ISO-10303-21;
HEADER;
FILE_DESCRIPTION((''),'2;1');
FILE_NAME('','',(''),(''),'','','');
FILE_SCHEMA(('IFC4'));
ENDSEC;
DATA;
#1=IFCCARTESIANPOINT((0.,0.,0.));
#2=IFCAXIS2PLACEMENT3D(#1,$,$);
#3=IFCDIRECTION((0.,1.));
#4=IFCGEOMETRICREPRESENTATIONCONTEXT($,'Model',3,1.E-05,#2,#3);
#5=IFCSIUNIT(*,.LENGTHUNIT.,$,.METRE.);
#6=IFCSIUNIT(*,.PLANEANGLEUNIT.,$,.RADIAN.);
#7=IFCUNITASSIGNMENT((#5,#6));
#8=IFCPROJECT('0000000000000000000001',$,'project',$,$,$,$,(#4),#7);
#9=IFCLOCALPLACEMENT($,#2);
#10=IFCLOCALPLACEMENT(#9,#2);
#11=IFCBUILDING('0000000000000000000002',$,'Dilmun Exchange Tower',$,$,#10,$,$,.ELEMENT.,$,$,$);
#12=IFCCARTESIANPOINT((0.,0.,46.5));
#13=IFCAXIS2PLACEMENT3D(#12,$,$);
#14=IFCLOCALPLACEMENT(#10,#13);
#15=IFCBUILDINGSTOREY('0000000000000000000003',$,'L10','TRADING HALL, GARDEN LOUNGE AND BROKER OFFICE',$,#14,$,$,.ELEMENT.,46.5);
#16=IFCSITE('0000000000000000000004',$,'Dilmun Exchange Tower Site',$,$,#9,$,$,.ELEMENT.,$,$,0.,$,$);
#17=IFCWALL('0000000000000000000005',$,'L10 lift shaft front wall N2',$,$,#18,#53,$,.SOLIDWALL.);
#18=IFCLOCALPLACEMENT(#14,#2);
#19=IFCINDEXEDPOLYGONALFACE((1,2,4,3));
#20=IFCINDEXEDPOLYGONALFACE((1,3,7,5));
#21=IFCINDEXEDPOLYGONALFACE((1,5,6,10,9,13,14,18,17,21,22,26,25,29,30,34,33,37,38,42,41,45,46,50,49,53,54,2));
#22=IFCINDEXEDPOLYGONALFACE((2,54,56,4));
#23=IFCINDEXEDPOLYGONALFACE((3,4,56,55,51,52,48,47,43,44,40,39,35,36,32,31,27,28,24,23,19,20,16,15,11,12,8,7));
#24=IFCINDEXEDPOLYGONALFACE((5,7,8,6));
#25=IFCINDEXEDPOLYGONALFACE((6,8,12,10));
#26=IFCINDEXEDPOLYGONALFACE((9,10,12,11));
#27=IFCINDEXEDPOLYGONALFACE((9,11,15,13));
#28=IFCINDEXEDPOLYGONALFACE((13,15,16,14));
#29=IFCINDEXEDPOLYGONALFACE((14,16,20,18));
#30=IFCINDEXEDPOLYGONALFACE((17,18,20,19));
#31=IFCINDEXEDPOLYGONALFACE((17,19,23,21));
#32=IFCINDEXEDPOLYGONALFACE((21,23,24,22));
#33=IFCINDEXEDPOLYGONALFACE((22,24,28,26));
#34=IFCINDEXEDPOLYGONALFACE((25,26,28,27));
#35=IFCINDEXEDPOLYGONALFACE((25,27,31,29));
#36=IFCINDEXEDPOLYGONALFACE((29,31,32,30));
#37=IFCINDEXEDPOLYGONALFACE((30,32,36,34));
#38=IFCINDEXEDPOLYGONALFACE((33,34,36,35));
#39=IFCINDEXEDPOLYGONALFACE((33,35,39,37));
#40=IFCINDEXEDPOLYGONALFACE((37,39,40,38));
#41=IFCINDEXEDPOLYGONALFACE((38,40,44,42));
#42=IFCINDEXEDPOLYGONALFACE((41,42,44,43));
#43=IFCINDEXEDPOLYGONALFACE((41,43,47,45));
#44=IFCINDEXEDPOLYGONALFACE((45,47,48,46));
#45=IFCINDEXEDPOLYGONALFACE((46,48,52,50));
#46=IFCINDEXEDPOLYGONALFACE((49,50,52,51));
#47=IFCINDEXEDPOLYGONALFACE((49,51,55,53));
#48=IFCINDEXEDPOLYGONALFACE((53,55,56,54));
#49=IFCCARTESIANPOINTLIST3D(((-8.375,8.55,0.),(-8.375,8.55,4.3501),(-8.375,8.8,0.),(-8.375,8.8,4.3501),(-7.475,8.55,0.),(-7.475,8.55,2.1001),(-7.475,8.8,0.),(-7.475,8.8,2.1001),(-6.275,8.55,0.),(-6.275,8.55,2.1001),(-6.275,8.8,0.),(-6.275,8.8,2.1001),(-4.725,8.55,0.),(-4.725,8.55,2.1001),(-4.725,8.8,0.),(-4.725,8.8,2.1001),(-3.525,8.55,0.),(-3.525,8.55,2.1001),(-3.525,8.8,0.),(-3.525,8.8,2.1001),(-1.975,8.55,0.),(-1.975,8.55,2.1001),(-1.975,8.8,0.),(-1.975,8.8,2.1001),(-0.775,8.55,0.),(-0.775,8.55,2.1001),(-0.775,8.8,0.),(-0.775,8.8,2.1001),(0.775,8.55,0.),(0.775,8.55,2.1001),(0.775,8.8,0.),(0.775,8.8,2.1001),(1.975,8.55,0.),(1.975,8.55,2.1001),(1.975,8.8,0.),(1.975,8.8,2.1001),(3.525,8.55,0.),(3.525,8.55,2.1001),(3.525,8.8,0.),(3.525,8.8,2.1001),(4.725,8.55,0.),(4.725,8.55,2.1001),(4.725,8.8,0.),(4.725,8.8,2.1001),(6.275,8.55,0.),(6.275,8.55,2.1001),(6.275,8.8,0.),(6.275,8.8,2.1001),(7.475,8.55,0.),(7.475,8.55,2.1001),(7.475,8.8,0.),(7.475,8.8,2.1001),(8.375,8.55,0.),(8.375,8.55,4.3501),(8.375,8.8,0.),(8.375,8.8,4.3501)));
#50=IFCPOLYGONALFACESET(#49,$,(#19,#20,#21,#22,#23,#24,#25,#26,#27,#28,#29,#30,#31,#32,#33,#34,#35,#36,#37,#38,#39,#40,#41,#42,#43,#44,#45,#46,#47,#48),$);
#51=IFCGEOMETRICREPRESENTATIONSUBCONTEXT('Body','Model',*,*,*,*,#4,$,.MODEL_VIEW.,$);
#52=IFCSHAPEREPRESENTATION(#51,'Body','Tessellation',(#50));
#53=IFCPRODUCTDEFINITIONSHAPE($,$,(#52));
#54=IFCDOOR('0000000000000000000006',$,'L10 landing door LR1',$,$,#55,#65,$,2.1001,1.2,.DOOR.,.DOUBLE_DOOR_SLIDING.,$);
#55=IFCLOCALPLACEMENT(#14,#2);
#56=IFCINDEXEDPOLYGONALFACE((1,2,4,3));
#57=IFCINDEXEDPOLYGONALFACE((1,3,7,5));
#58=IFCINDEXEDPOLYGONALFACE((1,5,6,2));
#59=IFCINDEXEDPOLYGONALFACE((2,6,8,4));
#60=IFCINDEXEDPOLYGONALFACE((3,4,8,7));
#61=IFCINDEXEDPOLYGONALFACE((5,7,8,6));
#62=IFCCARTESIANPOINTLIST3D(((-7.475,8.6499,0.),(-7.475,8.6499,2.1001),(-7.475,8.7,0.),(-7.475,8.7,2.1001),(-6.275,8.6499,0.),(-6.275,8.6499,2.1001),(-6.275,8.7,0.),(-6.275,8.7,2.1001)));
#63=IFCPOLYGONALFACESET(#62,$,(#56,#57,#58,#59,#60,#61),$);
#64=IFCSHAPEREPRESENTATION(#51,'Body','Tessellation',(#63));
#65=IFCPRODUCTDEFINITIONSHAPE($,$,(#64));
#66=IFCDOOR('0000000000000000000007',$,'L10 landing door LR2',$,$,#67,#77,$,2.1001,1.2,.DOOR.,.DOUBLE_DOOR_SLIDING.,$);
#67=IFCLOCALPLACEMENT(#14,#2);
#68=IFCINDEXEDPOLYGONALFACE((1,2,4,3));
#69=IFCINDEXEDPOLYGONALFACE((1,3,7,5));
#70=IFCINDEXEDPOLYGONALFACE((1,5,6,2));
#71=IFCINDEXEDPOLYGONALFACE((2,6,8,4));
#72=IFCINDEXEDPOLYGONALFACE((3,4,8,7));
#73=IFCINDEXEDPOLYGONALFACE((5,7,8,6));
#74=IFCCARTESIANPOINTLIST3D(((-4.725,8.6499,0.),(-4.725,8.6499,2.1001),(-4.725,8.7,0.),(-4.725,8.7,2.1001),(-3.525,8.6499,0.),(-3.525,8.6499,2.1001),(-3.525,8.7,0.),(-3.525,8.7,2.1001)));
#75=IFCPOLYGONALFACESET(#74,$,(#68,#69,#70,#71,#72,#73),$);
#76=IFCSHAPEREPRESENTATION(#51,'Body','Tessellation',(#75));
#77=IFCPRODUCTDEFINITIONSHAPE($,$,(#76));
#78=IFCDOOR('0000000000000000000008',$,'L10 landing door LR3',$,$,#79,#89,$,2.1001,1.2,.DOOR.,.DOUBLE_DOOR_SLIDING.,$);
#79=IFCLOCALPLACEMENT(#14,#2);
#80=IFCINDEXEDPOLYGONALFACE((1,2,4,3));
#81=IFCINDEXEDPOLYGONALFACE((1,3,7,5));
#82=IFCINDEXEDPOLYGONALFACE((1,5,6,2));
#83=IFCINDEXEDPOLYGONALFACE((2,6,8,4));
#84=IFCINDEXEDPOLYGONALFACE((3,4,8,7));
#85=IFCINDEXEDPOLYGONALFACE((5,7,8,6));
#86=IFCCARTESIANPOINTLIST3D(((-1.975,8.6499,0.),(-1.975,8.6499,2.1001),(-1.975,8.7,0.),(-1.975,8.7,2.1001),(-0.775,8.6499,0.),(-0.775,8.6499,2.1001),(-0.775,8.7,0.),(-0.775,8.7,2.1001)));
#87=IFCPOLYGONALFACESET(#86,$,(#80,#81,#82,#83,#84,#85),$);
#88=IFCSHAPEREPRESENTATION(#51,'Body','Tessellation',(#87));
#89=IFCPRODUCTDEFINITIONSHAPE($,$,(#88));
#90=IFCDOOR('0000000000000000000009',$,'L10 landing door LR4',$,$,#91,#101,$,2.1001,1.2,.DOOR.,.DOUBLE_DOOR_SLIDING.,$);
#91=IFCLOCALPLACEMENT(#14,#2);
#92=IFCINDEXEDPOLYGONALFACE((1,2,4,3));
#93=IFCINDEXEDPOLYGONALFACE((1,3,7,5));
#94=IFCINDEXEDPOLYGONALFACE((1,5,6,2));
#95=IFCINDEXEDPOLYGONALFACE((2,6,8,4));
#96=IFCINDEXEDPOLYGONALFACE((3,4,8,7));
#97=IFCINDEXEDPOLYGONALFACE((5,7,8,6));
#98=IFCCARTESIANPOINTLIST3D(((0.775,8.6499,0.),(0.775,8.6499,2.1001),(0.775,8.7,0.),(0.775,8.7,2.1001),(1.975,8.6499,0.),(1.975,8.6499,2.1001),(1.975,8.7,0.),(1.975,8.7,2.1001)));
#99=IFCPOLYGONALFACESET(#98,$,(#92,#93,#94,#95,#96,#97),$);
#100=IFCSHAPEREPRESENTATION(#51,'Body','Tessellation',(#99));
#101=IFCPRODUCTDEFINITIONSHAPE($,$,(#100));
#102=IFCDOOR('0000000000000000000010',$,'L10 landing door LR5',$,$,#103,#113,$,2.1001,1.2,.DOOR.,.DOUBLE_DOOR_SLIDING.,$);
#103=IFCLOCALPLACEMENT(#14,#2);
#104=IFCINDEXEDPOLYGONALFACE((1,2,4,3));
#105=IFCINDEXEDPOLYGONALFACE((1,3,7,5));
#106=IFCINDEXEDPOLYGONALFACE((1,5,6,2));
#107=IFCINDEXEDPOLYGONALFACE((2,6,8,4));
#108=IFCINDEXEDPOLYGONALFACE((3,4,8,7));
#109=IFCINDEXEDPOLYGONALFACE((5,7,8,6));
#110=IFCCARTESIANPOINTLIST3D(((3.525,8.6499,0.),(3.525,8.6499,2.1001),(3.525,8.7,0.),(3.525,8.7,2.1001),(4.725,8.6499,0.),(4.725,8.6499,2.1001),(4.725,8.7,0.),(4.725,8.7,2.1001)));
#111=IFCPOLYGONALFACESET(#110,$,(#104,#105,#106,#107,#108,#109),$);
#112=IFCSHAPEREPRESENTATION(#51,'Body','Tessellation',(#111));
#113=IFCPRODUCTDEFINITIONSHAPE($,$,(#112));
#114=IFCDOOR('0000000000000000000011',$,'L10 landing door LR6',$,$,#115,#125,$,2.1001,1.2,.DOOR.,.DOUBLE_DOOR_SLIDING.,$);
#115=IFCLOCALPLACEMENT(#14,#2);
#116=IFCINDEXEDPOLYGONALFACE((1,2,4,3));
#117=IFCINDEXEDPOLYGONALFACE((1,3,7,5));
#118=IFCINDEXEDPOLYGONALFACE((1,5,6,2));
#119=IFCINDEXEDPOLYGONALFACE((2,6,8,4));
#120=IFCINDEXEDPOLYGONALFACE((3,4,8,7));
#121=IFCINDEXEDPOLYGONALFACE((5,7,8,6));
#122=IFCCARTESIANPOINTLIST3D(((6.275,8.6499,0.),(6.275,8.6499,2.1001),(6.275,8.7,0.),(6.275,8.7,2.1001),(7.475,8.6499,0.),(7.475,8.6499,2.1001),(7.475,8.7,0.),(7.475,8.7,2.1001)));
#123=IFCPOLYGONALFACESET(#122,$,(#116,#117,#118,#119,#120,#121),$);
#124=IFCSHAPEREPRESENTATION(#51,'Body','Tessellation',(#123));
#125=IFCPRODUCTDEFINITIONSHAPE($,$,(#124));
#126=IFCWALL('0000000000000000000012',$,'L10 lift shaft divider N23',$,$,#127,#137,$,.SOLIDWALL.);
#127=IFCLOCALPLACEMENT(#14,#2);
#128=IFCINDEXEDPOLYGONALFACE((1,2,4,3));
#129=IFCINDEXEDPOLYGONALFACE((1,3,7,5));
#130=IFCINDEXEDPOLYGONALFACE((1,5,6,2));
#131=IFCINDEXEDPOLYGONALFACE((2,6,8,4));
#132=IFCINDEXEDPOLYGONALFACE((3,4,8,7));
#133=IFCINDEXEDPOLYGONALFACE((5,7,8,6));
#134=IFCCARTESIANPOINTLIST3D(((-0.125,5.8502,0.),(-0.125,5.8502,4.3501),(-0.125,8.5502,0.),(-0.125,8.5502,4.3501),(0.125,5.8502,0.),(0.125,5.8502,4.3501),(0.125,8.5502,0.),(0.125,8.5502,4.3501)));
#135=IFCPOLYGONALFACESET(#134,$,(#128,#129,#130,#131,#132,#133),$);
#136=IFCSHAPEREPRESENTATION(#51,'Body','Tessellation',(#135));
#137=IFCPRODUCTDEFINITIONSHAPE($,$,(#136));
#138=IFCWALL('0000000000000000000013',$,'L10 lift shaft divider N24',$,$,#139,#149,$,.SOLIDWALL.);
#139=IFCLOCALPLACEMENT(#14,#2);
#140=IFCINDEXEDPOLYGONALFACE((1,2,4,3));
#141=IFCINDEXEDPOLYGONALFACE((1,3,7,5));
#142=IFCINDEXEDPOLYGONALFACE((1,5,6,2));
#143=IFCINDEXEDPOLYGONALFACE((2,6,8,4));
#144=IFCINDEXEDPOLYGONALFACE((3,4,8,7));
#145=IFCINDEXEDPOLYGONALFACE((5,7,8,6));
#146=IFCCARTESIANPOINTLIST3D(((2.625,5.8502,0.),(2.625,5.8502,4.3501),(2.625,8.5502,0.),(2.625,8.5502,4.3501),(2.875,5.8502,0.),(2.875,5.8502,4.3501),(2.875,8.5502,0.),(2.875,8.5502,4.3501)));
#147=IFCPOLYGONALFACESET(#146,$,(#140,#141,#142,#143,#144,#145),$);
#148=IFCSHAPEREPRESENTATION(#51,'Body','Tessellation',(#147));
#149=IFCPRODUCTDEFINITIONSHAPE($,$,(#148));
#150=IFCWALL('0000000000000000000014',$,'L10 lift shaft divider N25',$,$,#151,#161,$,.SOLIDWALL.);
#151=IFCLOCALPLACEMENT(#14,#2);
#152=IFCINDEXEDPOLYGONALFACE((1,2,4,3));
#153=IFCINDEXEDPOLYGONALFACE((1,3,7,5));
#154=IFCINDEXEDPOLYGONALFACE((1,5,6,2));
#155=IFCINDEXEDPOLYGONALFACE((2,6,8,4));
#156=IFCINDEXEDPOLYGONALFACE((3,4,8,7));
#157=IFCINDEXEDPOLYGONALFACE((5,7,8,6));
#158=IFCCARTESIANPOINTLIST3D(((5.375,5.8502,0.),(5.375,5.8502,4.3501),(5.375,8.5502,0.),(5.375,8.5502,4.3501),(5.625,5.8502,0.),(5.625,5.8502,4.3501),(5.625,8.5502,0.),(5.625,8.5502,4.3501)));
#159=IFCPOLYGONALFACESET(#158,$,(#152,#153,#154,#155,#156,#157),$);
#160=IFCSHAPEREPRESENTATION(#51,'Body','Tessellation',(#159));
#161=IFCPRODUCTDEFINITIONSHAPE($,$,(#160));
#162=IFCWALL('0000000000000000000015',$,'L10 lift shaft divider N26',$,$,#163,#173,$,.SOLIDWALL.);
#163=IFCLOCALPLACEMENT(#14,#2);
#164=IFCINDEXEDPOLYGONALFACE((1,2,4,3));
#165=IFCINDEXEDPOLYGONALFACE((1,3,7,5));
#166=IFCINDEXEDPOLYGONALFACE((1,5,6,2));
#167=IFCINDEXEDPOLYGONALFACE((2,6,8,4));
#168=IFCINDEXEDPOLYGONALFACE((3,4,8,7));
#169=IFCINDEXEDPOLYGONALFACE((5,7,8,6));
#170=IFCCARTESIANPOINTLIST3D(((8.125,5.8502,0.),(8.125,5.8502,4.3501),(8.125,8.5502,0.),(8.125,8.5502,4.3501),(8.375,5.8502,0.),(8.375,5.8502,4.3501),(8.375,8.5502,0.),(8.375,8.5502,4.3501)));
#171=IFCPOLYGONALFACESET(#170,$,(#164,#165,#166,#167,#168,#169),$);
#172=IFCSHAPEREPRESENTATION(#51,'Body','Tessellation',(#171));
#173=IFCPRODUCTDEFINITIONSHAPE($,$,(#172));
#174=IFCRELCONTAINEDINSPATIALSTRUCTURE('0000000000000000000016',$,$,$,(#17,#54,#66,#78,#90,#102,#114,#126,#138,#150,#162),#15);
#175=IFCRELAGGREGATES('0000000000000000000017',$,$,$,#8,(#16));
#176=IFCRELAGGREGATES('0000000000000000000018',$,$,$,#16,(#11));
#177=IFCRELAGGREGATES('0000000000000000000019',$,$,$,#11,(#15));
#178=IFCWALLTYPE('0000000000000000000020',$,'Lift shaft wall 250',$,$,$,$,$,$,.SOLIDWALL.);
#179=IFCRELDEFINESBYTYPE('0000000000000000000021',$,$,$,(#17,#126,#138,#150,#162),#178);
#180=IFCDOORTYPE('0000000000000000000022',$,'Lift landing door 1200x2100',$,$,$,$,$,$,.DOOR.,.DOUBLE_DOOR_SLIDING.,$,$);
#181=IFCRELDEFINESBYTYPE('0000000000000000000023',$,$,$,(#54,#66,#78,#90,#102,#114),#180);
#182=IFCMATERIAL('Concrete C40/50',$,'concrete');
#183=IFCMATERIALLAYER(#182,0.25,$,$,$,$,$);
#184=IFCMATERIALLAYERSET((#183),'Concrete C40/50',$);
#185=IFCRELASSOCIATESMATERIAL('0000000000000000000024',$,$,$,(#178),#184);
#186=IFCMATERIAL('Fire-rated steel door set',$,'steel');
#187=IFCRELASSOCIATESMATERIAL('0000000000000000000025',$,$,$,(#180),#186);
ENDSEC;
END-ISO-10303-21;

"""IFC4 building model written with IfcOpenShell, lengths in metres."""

from ifc_helpers import new_model, si_unit, direction, frame, frame_2d, origin, place, context, subcontext, project, spatial, rectangle, extrude, material, layer, layer_set, type_object, element, fill, save


model = new_model("IFC4")

# Units and contexts
model_context = context("Model", 3, precision=1e-05, world=origin(), true_north=direction((0.0, 1.0)))
body_context = subcontext(model_context, "Body", "Model", "MODEL_VIEW")
ifc_project = project(units=[si_unit("LENGTHUNIT", "METRE"), si_unit("PLANEANGLEUNIT", "RADIAN")], contexts=[model_context])

# Site, building, storey
site_placement = place(None, origin())
site = spatial("IfcSite", under=ifc_project, at=site_placement, Name="Dilmun Exchange Tower Site", CompositionType="ELEMENT", RefElevation=0.0)
building_placement = place(site_placement, origin())
building = spatial("IfcBuilding", under=site, at=building_placement, Name="Dilmun Exchange Tower", CompositionType="ELEMENT")
storey_placement = place(building_placement, frame((0.0, 0.0, 46.5)))
storey = spatial("IfcBuildingStorey", under=building, at=storey_placement, Name="L10", Description="TRADING HALL, GARDEN LOUNGE AND BROKER OFFICE", CompositionType="ELEMENT", Elevation=46.5)

# Shared definitions
ifc_material_1 = material(Name="Concrete C40/50", Category="concrete")

# Shared definitions
ifc_material_2 = material(Name="Fire-rated steel door set", Category="steel")

# Wall, openings, doors
ifc_layer_1 = layer(ifc_material_1, 0.25)
ifc_layer_set_1 = layer_set([ifc_layer_1], Name="Concrete C40/50")
wall_type_1 = type_object("IfcWallType", Name="Lift shaft wall 250", PredefinedType="SOLIDWALL", material=ifc_layer_set_1)
wall_1_placement = place(storey_placement, frame((-8.375, 8.675, 0.0), z_axis=(0.0, 0.0, 1.0), x_axis=(1.0, 0.0, 0.0)))
wall_1 = element("IfcWall", 1, at=wall_1_placement, inside=storey, type_object=wall_type_1, Name="L10 lift shaft front wall N2", PredefinedType="SOLIDWALL", context=body_context, shape_type="SweptSolid", body=[
    extrude(rectangle(XDim=16.75, YDim=0.25, at=frame_2d((8.375, 0.0))), origin(), (0.0, 0.0, 1.0), 4.3501),
])
opening_1_placement = place(wall_1_placement, frame((0.8999, 0.0, 0.0)))
opening_1 = element("IfcOpeningElement", 2, at=opening_1_placement, cuts=wall_1, PredefinedType="OPENING", context=body_context, shape_type="SweptSolid", body=[
    extrude(rectangle(XDim=1.2, YDim=2.1001, at=frame_2d((0.6001, 1.05))), frame((0.0, 0.135, 0.0), z_axis=(0.0, -1.0, 0.0), x_axis=(1.0, 0.0, 0.0)), (0.0, 0.0, 1.0), 0.27),
])
opening_2_placement = place(wall_1_placement, frame((3.6499, 0.0, 0.0)))
opening_2 = element("IfcOpeningElement", 3, at=opening_2_placement, cuts=wall_1, PredefinedType="OPENING", context=body_context, shape_type="SweptSolid", body=[
    extrude(rectangle(XDim=1.2, YDim=2.1001, at=frame_2d((0.6001, 1.05))), frame((0.0, 0.135, 0.0), z_axis=(0.0, -1.0, 0.0), x_axis=(1.0, 0.0, 0.0)), (0.0, 0.0, 1.0), 0.27),
])
opening_3_placement = place(wall_1_placement, frame((6.3999, 0.0, 0.0)))
opening_3 = element("IfcOpeningElement", 4, at=opening_3_placement, cuts=wall_1, PredefinedType="OPENING", context=body_context, shape_type="SweptSolid", body=[
    extrude(rectangle(XDim=1.2, YDim=2.1001, at=frame_2d((0.6001, 1.05))), frame((0.0, 0.135, 0.0), z_axis=(0.0, -1.0, 0.0), x_axis=(1.0, 0.0, 0.0)), (0.0, 0.0, 1.0), 0.27),
])
opening_4_placement = place(wall_1_placement, frame((9.1499, 0.0, 0.0)))
opening_4 = element("IfcOpeningElement", 5, at=opening_4_placement, cuts=wall_1, PredefinedType="OPENING", context=body_context, shape_type="SweptSolid", body=[
    extrude(rectangle(XDim=1.2, YDim=2.1001, at=frame_2d((0.6001, 1.05))), frame((0.0, 0.135, 0.0), z_axis=(0.0, -1.0, 0.0), x_axis=(1.0, 0.0, 0.0)), (0.0, 0.0, 1.0), 0.27),
])
opening_5_placement = place(wall_1_placement, frame((11.8999, 0.0, 0.0)))
opening_5 = element("IfcOpeningElement", 6, at=opening_5_placement, cuts=wall_1, PredefinedType="OPENING", context=body_context, shape_type="SweptSolid", body=[
    extrude(rectangle(XDim=1.2, YDim=2.1001, at=frame_2d((0.6001, 1.05))), frame((0.0, 0.135, 0.0), z_axis=(0.0, -1.0, 0.0), x_axis=(1.0, 0.0, 0.0)), (0.0, 0.0, 1.0), 0.27),
])
opening_6_placement = place(wall_1_placement, frame((14.6499, 0.0, 0.0)))
opening_6 = element("IfcOpeningElement", 7, at=opening_6_placement, cuts=wall_1, PredefinedType="OPENING", context=body_context, shape_type="SweptSolid", body=[
    extrude(rectangle(XDim=1.2, YDim=2.1001, at=frame_2d((0.6001, 1.05))), frame((0.0, 0.135, 0.0), z_axis=(0.0, -1.0, 0.0), x_axis=(1.0, 0.0, 0.0)), (0.0, 0.0, 1.0), 0.27),
])
door_type_1 = type_object("IfcDoorType", Name="Lift landing door 1200x2100", OperationType="DOUBLE_DOOR_SLIDING", PredefinedType="DOOR", material=ifc_material_2)
door_1_placement = place(opening_1_placement, origin())
door_1 = element("IfcDoor", 8, at=door_1_placement, inside=storey, type_object=door_type_1, Name="L10 landing door LR1", OperationType="DOUBLE_DOOR_SLIDING", OverallHeight=2.1001, OverallWidth=1.2, PredefinedType="DOOR", context=body_context, shape_type="SweptSolid", body=[
    extrude(rectangle(XDim=1.2, YDim=2.1001, at=frame_2d((0.6001, 1.05))), frame((0.0, 0.0249, 0.0), z_axis=(0.0, -1.0, 0.0), x_axis=(1.0, 0.0, 0.0)), (0.0, 0.0, 1.0), 0.05),
])
fill(opening_1, door_1)
door_2_placement = place(opening_2_placement, origin())
door_2 = element("IfcDoor", 9, at=door_2_placement, inside=storey, type_object=door_type_1, Name="L10 landing door LR2", OperationType="DOUBLE_DOOR_SLIDING", OverallHeight=2.1001, OverallWidth=1.2, PredefinedType="DOOR", context=body_context, shape_type="SweptSolid", body=[
    extrude(rectangle(XDim=1.2, YDim=2.1001, at=frame_2d((0.6001, 1.05))), frame((0.0, 0.0249, 0.0), z_axis=(0.0, -1.0, 0.0), x_axis=(1.0, 0.0, 0.0)), (0.0, 0.0, 1.0), 0.05),
])
fill(opening_2, door_2)
door_3_placement = place(opening_3_placement, origin())
door_3 = element("IfcDoor", 10, at=door_3_placement, inside=storey, type_object=door_type_1, Name="L10 landing door LR3", OperationType="DOUBLE_DOOR_SLIDING", OverallHeight=2.1001, OverallWidth=1.2, PredefinedType="DOOR", context=body_context, shape_type="SweptSolid", body=[
    extrude(rectangle(XDim=1.2, YDim=2.1001, at=frame_2d((0.6001, 1.05))), frame((0.0, 0.0249, 0.0), z_axis=(0.0, -1.0, 0.0), x_axis=(1.0, 0.0, 0.0)), (0.0, 0.0, 1.0), 0.05),
])
fill(opening_3, door_3)
door_4_placement = place(opening_4_placement, origin())
door_4 = element("IfcDoor", 11, at=door_4_placement, inside=storey, type_object=door_type_1, Name="L10 landing door LR4", OperationType="DOUBLE_DOOR_SLIDING", OverallHeight=2.1001, OverallWidth=1.2, PredefinedType="DOOR", context=body_context, shape_type="SweptSolid", body=[
    extrude(rectangle(XDim=1.2, YDim=2.1001, at=frame_2d((0.6001, 1.05))), frame((0.0, 0.0249, 0.0), z_axis=(0.0, -1.0, 0.0), x_axis=(1.0, 0.0, 0.0)), (0.0, 0.0, 1.0), 0.05),
])
fill(opening_4, door_4)
door_5_placement = place(opening_5_placement, origin())
door_5 = element("IfcDoor", 12, at=door_5_placement, inside=storey, type_object=door_type_1, Name="L10 landing door LR5", OperationType="DOUBLE_DOOR_SLIDING", OverallHeight=2.1001, OverallWidth=1.2, PredefinedType="DOOR", context=body_context, shape_type="SweptSolid", body=[
    extrude(rectangle(XDim=1.2, YDim=2.1001, at=frame_2d((0.6001, 1.05))), frame((0.0, 0.0249, 0.0), z_axis=(0.0, -1.0, 0.0), x_axis=(1.0, 0.0, 0.0)), (0.0, 0.0, 1.0), 0.05),
])
fill(opening_5, door_5)
door_6_placement = place(opening_6_placement, origin())
door_6 = element("IfcDoor", 13, at=door_6_placement, inside=storey, type_object=door_type_1, Name="L10 landing door LR6", OperationType="DOUBLE_DOOR_SLIDING", OverallHeight=2.1001, OverallWidth=1.2, PredefinedType="DOOR", context=body_context, shape_type="SweptSolid", body=[
    extrude(rectangle(XDim=1.2, YDim=2.1001, at=frame_2d((0.6001, 1.05))), frame((0.0, 0.0249, 0.0), z_axis=(0.0, -1.0, 0.0), x_axis=(1.0, 0.0, 0.0)), (0.0, 0.0, 1.0), 0.05),
])
fill(opening_6, door_6)

# Walls
for number, where, z_axis, x_axis, name in (
    (14, (0.0, 5.8501, 0.0), (0.0, 0.0, 1.0), (0.0, 1.0, 0.0), "L10 lift shaft divider N23"),
    (15, (2.75, 5.8501, 0.0), (0.0, 0.0, 1.0), (0.0, 1.0, 0.0), "L10 lift shaft divider N24"),
    (16, (5.5, 5.8501, 0.0), (0.0, 0.0, 1.0), (0.0, 1.0, 0.0), "L10 lift shaft divider N25"),
    (17, (8.25, 5.8501, 0.0), (0.0, 0.0, 1.0), (0.0, 1.0, 0.0), "L10 lift shaft divider N26"),
):
    element("IfcWall", number, at=place(storey_placement, frame(where, z_axis=z_axis, x_axis=x_axis)), inside=storey, type_object=wall_type_1, Name=name, PredefinedType="SOLIDWALL", context=body_context, shape_type="SweptSolid", body=[
        extrude(rectangle(XDim=2.7, YDim=0.25, at=frame_2d((1.3501, 0.0))), origin(), (0.0, 0.0, 1.0), 4.3501),
    ])

save(model, "model.ifc")
